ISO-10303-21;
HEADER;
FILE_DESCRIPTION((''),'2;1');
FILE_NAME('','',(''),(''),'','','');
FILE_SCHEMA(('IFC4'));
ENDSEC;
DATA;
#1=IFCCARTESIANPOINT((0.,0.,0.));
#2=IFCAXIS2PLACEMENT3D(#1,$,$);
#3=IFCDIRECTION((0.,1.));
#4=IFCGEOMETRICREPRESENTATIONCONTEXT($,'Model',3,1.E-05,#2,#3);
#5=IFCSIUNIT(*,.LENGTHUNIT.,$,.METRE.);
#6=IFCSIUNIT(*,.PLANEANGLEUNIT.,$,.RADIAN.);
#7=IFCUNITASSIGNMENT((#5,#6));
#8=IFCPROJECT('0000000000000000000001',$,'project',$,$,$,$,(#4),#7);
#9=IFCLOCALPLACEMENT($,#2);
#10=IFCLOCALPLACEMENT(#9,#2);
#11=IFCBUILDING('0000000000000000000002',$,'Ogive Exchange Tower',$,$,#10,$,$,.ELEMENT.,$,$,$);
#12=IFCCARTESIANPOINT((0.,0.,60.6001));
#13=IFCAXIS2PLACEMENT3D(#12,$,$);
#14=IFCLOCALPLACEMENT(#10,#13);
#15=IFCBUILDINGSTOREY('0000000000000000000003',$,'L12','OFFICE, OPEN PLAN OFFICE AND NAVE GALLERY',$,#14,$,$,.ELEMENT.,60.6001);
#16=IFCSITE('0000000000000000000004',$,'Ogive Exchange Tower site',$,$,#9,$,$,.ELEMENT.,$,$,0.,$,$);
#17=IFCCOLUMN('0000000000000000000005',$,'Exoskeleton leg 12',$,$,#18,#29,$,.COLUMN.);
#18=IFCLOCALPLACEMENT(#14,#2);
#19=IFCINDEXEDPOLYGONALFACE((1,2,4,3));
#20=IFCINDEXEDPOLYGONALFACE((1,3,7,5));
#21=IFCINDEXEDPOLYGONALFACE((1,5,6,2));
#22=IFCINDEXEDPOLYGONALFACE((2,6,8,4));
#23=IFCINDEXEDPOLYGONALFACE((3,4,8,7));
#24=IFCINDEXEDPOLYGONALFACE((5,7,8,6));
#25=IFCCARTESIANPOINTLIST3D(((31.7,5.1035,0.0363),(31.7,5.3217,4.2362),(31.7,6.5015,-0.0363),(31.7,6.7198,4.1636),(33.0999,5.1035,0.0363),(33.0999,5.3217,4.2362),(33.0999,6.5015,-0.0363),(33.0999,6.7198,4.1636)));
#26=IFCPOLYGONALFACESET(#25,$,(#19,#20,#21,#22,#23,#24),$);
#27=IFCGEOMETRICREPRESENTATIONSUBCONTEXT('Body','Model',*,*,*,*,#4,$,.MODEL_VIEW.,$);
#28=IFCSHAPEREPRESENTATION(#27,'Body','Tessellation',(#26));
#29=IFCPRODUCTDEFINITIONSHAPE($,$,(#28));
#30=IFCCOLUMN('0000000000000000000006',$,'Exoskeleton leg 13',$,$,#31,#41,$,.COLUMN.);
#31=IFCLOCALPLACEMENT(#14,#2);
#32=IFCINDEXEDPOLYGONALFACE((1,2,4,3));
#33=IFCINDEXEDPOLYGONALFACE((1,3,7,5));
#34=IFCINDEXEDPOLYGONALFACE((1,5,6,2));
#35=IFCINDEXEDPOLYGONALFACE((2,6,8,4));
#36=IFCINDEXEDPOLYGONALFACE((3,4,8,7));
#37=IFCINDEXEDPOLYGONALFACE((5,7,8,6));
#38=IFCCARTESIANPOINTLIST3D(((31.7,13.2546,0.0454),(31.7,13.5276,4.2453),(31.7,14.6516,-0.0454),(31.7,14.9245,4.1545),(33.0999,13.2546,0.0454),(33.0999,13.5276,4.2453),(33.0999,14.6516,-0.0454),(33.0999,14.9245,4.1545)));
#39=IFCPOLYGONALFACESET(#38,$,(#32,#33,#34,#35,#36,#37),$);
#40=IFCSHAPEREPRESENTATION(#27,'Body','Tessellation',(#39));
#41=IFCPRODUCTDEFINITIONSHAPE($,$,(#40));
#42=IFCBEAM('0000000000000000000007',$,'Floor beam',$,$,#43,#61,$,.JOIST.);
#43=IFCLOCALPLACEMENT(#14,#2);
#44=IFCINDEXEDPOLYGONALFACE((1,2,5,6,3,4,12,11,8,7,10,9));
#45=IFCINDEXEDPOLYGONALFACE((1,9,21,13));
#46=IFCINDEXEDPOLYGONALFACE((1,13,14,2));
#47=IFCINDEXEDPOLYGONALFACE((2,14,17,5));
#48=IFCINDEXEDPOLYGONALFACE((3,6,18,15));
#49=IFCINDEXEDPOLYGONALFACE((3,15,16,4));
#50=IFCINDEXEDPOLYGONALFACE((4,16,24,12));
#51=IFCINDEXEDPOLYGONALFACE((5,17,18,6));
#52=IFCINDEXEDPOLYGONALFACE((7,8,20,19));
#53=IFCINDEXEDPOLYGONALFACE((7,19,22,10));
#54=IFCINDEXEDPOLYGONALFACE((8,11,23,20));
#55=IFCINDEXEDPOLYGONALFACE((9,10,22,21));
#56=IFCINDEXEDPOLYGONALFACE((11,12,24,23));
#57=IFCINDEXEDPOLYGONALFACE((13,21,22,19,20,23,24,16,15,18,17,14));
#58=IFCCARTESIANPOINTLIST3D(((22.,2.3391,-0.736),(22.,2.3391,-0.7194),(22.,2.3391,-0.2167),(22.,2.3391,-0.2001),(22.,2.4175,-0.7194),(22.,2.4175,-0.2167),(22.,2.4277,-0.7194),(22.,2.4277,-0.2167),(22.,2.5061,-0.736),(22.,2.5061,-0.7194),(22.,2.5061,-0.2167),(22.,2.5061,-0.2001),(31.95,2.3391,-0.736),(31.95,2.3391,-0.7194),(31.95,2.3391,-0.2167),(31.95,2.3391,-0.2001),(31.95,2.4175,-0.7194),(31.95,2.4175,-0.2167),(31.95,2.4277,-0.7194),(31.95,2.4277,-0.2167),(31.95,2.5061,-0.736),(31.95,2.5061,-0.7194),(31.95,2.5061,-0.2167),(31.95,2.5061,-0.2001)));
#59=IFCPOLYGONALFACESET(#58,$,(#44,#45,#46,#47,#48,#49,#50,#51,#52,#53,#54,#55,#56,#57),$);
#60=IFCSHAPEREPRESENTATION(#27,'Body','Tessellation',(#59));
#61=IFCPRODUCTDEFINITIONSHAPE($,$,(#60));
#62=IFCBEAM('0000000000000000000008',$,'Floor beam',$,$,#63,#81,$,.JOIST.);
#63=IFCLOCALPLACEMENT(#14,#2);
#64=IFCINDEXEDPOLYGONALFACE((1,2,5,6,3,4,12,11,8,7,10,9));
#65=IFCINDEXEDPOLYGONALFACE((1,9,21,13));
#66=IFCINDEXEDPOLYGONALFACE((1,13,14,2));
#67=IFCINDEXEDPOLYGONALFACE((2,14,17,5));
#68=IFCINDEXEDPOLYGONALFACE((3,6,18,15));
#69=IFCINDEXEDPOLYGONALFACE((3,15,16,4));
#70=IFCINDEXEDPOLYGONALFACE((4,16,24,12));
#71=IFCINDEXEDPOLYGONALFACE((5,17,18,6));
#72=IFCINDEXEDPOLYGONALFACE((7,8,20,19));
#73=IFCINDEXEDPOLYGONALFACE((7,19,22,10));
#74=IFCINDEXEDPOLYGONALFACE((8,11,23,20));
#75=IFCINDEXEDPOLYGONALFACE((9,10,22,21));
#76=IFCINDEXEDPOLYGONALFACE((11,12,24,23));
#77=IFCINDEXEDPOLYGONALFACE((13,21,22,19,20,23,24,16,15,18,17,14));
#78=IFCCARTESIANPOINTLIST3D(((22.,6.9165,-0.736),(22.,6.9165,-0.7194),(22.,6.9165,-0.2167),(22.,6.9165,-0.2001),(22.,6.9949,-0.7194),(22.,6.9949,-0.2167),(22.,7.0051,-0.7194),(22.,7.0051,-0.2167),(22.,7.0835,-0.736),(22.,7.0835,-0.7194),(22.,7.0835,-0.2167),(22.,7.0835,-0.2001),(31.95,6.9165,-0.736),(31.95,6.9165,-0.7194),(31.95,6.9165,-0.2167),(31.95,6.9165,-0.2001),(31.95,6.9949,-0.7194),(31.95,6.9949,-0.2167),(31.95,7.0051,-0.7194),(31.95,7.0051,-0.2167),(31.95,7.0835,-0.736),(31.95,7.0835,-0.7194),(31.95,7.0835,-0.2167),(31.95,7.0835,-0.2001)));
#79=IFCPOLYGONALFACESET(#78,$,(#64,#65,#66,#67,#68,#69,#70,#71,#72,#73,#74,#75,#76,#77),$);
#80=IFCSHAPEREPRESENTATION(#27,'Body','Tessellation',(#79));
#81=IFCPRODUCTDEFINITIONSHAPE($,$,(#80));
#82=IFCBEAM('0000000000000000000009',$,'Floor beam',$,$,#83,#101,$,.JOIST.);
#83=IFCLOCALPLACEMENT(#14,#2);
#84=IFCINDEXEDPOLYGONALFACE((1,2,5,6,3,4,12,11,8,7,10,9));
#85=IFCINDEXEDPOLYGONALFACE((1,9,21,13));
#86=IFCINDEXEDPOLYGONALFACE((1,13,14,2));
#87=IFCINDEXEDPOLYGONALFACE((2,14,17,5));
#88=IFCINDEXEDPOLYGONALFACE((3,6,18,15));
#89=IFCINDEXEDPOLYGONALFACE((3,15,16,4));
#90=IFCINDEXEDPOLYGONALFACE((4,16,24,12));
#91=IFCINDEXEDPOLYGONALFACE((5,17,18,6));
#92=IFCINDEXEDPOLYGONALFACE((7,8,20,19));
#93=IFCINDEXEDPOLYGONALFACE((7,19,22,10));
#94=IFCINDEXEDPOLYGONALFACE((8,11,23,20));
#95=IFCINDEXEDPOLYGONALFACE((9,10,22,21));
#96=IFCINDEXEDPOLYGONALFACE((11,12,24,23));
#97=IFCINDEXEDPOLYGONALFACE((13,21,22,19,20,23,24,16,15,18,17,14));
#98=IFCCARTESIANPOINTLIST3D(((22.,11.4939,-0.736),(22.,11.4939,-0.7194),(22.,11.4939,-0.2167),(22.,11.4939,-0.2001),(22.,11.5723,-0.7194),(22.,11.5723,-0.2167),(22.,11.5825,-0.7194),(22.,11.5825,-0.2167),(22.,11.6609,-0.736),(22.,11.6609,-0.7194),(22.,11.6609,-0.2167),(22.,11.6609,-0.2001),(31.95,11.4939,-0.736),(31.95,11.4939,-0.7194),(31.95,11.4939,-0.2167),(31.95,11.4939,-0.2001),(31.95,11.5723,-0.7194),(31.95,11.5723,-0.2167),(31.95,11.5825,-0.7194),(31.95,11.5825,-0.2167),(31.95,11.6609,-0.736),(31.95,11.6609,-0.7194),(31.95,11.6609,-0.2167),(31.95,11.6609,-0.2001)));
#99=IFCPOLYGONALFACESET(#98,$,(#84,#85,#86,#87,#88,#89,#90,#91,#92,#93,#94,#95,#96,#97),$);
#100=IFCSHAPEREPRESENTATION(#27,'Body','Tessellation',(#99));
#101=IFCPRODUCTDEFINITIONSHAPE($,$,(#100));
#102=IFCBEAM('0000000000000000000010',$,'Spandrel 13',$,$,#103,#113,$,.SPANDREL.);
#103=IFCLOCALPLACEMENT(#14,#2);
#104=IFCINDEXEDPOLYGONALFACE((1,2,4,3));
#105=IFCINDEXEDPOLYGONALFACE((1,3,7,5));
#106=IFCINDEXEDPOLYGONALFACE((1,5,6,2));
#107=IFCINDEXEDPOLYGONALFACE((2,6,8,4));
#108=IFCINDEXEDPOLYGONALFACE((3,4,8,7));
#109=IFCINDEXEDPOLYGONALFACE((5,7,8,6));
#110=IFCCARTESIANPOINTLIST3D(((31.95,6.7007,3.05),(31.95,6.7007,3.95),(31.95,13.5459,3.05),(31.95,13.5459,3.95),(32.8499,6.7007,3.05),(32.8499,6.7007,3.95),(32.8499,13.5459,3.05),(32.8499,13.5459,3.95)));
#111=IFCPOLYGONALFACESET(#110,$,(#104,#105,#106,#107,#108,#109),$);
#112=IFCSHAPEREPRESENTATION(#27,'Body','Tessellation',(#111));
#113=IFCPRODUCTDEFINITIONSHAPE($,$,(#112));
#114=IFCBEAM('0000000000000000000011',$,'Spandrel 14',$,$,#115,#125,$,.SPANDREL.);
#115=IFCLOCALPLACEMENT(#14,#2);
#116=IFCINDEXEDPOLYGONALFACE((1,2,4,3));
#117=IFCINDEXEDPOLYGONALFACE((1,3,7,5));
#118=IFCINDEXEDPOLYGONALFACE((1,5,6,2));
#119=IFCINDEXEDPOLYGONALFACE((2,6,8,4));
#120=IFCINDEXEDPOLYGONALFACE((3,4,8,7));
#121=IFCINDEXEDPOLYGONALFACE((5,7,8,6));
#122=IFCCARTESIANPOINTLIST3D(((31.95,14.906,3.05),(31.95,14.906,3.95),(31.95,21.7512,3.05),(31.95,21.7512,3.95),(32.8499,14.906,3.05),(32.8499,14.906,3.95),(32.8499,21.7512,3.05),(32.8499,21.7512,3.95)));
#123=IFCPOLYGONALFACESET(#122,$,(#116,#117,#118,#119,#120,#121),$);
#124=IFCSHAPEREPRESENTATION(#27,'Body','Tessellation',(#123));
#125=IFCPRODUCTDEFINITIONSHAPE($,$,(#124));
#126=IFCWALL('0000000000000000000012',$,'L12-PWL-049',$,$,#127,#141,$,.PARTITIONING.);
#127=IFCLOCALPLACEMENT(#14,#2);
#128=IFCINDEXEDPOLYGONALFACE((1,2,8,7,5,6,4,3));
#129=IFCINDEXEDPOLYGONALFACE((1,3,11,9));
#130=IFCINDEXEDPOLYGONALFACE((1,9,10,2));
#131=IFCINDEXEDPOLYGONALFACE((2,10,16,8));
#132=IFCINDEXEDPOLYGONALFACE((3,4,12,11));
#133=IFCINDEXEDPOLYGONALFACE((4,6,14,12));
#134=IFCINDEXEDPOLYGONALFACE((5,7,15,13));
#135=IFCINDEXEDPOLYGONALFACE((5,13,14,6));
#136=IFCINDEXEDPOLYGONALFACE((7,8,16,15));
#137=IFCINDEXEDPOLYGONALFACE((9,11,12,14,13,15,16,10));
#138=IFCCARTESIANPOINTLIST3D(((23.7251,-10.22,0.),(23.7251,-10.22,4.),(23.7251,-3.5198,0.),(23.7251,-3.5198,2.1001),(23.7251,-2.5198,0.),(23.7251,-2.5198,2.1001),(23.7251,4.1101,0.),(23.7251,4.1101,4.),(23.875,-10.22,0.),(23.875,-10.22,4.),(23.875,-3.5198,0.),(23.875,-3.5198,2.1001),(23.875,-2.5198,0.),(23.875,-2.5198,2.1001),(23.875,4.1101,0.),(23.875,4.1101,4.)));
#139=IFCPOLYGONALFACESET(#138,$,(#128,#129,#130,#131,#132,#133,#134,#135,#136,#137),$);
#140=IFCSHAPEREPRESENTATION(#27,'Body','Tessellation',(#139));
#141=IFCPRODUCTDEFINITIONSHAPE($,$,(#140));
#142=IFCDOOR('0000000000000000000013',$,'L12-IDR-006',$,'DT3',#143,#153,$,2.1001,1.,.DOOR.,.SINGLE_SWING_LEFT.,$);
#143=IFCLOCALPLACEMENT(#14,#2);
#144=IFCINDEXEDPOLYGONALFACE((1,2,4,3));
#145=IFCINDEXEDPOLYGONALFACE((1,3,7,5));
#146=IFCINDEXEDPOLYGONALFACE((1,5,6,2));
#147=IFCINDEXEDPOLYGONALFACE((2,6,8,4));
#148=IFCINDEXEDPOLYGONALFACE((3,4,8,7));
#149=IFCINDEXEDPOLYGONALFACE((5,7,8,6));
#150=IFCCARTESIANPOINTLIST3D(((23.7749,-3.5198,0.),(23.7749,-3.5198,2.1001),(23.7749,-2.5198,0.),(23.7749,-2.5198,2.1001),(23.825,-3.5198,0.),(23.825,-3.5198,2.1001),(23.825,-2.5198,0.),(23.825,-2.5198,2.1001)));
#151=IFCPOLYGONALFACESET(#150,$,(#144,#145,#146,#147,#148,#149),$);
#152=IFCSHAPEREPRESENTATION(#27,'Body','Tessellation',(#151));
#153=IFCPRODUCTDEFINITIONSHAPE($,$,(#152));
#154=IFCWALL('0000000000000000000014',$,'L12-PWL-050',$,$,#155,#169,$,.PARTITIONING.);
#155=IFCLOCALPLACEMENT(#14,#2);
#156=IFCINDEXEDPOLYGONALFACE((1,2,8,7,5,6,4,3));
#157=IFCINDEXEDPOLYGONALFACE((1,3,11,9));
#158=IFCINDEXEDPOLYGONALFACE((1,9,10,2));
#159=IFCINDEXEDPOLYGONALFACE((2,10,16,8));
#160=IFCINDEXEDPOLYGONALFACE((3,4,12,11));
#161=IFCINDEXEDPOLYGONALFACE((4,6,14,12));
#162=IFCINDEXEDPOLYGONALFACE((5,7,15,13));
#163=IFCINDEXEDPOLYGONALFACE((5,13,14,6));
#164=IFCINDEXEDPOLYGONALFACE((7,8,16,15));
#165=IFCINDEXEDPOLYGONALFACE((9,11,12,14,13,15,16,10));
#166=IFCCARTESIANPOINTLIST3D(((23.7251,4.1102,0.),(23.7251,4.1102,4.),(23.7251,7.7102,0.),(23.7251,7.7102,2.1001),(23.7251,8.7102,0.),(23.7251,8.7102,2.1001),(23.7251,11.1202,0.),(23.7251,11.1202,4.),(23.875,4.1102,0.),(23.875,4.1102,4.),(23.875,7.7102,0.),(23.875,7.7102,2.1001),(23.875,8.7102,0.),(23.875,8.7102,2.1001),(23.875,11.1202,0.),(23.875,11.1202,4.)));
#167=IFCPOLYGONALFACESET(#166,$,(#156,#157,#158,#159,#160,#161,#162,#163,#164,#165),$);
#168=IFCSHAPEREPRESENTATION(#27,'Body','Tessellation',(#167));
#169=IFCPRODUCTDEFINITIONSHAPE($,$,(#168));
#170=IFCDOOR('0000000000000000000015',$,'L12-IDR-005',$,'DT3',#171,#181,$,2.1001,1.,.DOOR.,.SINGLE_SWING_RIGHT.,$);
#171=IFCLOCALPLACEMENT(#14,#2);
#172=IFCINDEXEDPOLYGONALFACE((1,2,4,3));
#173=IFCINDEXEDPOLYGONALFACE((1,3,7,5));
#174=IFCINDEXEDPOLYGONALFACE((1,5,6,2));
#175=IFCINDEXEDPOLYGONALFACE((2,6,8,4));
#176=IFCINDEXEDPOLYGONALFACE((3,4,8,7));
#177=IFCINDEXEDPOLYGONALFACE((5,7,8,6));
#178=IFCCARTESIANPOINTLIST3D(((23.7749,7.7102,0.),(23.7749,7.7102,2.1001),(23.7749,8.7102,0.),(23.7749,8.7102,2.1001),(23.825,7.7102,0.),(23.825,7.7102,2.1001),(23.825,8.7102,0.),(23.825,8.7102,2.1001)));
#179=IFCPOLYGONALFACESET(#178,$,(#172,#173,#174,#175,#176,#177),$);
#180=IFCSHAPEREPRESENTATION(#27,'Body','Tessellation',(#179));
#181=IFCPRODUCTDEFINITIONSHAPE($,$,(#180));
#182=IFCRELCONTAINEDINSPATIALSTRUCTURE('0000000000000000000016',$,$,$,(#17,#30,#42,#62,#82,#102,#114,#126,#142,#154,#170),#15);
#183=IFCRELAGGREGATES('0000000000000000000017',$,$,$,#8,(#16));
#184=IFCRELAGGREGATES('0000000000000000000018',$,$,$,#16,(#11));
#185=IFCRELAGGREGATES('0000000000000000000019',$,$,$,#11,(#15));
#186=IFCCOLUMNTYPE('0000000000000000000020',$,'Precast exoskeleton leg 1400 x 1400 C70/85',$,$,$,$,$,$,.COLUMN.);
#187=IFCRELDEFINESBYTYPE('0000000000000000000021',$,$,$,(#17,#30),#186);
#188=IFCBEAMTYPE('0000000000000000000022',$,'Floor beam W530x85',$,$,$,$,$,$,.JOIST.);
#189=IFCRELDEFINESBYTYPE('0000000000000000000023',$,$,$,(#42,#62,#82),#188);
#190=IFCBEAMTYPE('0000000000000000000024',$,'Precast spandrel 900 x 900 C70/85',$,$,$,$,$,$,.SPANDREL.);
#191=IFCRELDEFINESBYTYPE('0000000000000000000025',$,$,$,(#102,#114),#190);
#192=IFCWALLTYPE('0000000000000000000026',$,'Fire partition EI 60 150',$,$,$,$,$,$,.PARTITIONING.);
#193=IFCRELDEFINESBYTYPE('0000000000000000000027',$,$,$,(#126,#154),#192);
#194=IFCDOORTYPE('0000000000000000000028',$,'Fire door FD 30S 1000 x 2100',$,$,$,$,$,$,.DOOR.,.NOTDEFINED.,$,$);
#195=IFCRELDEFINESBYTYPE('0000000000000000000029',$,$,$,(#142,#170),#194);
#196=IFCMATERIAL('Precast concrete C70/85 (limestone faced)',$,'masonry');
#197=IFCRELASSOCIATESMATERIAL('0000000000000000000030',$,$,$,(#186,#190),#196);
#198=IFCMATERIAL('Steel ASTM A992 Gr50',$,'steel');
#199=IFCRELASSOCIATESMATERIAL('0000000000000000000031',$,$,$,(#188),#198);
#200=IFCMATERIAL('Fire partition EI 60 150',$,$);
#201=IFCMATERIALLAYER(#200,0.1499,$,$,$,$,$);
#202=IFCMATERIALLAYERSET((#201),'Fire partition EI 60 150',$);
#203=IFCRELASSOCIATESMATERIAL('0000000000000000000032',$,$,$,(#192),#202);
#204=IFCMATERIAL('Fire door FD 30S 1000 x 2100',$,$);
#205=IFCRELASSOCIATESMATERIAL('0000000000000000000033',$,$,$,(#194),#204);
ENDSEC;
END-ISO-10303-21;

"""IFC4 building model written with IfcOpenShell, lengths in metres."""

from ifc_helpers import new_model, si_unit, direction, frame, frame_2d, origin, origin_2d, place, context, subcontext, project, spatial, rectangle, i_section, extrude, material, layer, layer_set, material_profile, profile_set, type_object, element, fill, save


model = new_model("IFC4")

# Units and contexts
model_context = context("Model", 3, precision=1e-05, world=origin(), true_north=direction((0.0, 1.0)))
body_context = subcontext(model_context, "Body", "Model", "MODEL_VIEW")
ifc_project = project(units=[si_unit("LENGTHUNIT", "METRE"), si_unit("PLANEANGLEUNIT", "RADIAN")], contexts=[model_context])

# Site, building, storey
site_placement = place(None, origin())
site = spatial("IfcSite", under=ifc_project, at=site_placement, Name="Ogive Exchange Tower site", CompositionType="ELEMENT", RefElevation=0.0)
building_placement = place(site_placement, origin())
building = spatial("IfcBuilding", under=site, at=building_placement, Name="Ogive Exchange Tower", CompositionType="ELEMENT")
storey_placement = place(building_placement, frame((0.0, 0.0, 60.6001)))
storey = spatial("IfcBuildingStorey", under=building, at=storey_placement, Name="L12", Description="OFFICE, OPEN PLAN OFFICE AND NAVE GALLERY", CompositionType="ELEMENT", Elevation=60.6001)

# Columns
ifc_material_1 = material(Name="Precast concrete C70/85 (limestone faced)", Category="masonry")
ifc_material_profile_1 = material_profile(ifc_material_1, rectangle(XDim=1.3999, YDim=1.3999, at=origin_2d()), Name="1400 x 1400")
ifc_profile_set_1 = profile_set([ifc_material_profile_1], Name="Precast concrete C70/85 (limestone faced)")
column_type = type_object("IfcColumnType", Name="Precast exoskeleton leg 1400 x 1400 C70/85", PredefinedType="COLUMN", material=ifc_profile_set_1)
column_1_placement = place(storey_placement, frame((32.3999, 5.8025, 0.0), z_axis=(0.0, 0.051898, 0.998652), x_axis=(-1.0, 0.0, 0.0)))
element("IfcColumn", 1, at=column_1_placement, inside=storey, type_object=column_type, Name="Exoskeleton leg 12", PredefinedType="COLUMN", context=body_context, shape_type="SweptSolid", body=[
    extrude(rectangle(XDim=1.3999, YDim=1.3999, at=origin_2d()), origin(), (0.0, 0.0, 1.0), 4.2056),
])
column_2_placement = place(storey_placement, frame((32.3999, 13.9531, 0.0), z_axis=(0.0, 0.064852, 0.997895), x_axis=(-1.0, 0.0, 0.0)))
element("IfcColumn", 2, at=column_2_placement, inside=storey, type_object=column_type, Name="Exoskeleton leg 13", PredefinedType="COLUMN", context=body_context, shape_type="SweptSolid", body=[
    extrude(rectangle(XDim=1.3999, YDim=1.3999, at=origin_2d()), origin(), (0.0, 0.0, 1.0), 4.2087),
])

# Beams
ifc_material_2 = material(Name="Steel ASTM A992 Gr50", Category="steel")
ifc_material_profile_2 = material_profile(ifc_material_2, i_section(OverallWidth=0.167, OverallDepth=0.5359, WebThickness=0.0103, FlangeThickness=0.0166, at=origin_2d()), Name="W530x85")
ifc_profile_set_2 = profile_set([ifc_material_profile_2], Name="Steel ASTM A992 Gr50")
beam_type_1 = type_object("IfcBeamType", Name="Floor beam W530x85", PredefinedType="JOIST", material=ifc_profile_set_2)
for number, where, z_axis, x_axis, name in (
    (3, (22.0, 2.4226, -0.468), (1.0, 0.0, 0.0), (0.0, 1.0, 0.0), "Floor beam"),
    (4, (22.0, 7.0, -0.468), (1.0, 0.0, 0.0), (0.0, 1.0, 0.0), "Floor beam"),
    (5, (22.0, 11.5774, -0.468), (1.0, 0.0, 0.0), (0.0, 1.0, 0.0), "Floor beam"),
):
    element("IfcBeam", number, at=place(storey_placement, frame(where, z_axis=z_axis, x_axis=x_axis)), inside=storey, type_object=beam_type_1, Name=name, PredefinedType="JOIST", context=body_context, shape_type="SweptSolid", body=[
        extrude(i_section(OverallWidth=0.167, OverallDepth=0.5359, WebThickness=0.0103, FlangeThickness=0.0166, at=origin_2d()), origin(), (0.0, 0.0, 1.0), 9.95),
    ])
ifc_material_profile_3 = material_profile(ifc_material_1, rectangle(XDim=0.8999, YDim=0.8999, at=origin_2d()), Name="900 x 900")
ifc_profile_set_3 = profile_set([ifc_material_profile_3], Name="Precast concrete C70/85 (limestone faced)")
beam_type_2 = type_object("IfcBeamType", Name="Precast spandrel 900 x 900 C70/85", PredefinedType="SPANDREL", material=ifc_profile_set_3)
for number, where, z_axis, x_axis, name in (
    (6, (32.3999, 6.7007, 3.5), (0.0, 1.0, 0.0), (-1.0, 0.0, 0.0), "Spandrel 13"),
    (7, (32.3999, 14.906, 3.5), (0.0, 1.0, 0.0), (-1.0, 0.0, 0.0), "Spandrel 14"),
):
    element("IfcBeam", number, at=place(storey_placement, frame(where, z_axis=z_axis, x_axis=x_axis)), inside=storey, type_object=beam_type_2, Name=name, PredefinedType="SPANDREL", context=body_context, shape_type="SweptSolid", body=[
        extrude(rectangle(XDim=0.8999, YDim=0.8999, at=origin_2d()), origin(), (0.0, 0.0, 1.0), 6.8452),
    ])

# Walls, openings, doors
ifc_material_3 = material(Name="Fire partition EI 60 150")
ifc_layer_1 = layer(ifc_material_3, 0.1499)
ifc_layer_set_1 = layer_set([ifc_layer_1], Name="Fire partition EI 60 150")
wall_type_1 = type_object("IfcWallType", Name="Fire partition EI 60 150", PredefinedType="PARTITIONING", material=ifc_layer_set_1)
wall_1_placement = place(storey_placement, frame((23.8, 4.1101, 0.0), z_axis=(0.0, 0.0, 1.0), x_axis=(0.0, -1.0, 0.0)))
wall_1 = element("IfcWall", 8, at=wall_1_placement, inside=storey, type_object=wall_type_1, Name="L12-PWL-049", PredefinedType="PARTITIONING", context=body_context, shape_type="SweptSolid", body=[
    extrude(rectangle(XDim=14.3301, YDim=0.1499, at=frame_2d((7.165, 0.0))), origin(), (0.0, 0.0, 1.0), 4.0),
])
opening_1_placement = place(wall_1_placement, frame((6.6299, 0.0, 0.0)))
opening_1 = element("IfcOpeningElement", 9, at=opening_1_placement, cuts=wall_1, PredefinedType="OPENING", context=body_context, shape_type="SweptSolid", body=[
    extrude(rectangle(XDim=1.0, YDim=2.1001, at=frame_2d((0.5, 1.05))), frame((0.0, 0.085, 0.0), z_axis=(0.0, -1.0, 0.0), x_axis=(1.0, 0.0, 0.0)), (0.0, 0.0, 1.0), 0.1699),
])
ifc_material_4 = material(Name="Fire door FD 30S 1000 x 2100")
door_type_1 = type_object("IfcDoorType", Name="Fire door FD 30S 1000 x 2100", OperationType="NOTDEFINED", PredefinedType="DOOR", material=ifc_material_4)
door_1_placement = place(opening_1_placement, origin())
door_1 = element("IfcDoor", 10, at=door_1_placement, inside=storey, type_object=door_type_1, Name="L12-IDR-006", ObjectType="DT3", OperationType="SINGLE_SWING_LEFT", OverallHeight=2.1001, OverallWidth=1.0, PredefinedType="DOOR", context=body_context, shape_type="SweptSolid", body=[
    extrude(rectangle(XDim=1.0, YDim=2.1001, at=frame_2d((0.5, 1.05))), frame((0.0, 0.0249, 0.0), z_axis=(0.0, -1.0, 0.0), x_axis=(1.0, 0.0, 0.0)), (0.0, 0.0, 1.0), 0.05),
])
fill(opening_1, door_1)
wall_2_placement = place(storey_placement, frame((23.8, 11.1201, 0.0), z_axis=(0.0, 0.0, 1.0), x_axis=(0.0, -1.0, 0.0)))
wall_2 = element("IfcWall", 11, at=wall_2_placement, inside=storey, type_object=wall_type_1, Name="L12-PWL-050", PredefinedType="PARTITIONING", context=body_context, shape_type="SweptSolid", body=[
    extrude(rectangle(XDim=7.01, YDim=0.1499, at=frame_2d((3.5049, 0.0))), origin(), (0.0, 0.0, 1.0), 4.0),
])
opening_2_placement = place(wall_2_placement, frame((2.4099, 0.0, 0.0)))
opening_2 = element("IfcOpeningElement", 12, at=opening_2_placement, cuts=wall_2, PredefinedType="OPENING", context=body_context, shape_type="SweptSolid", body=[
    extrude(rectangle(XDim=1.0, YDim=2.1001, at=frame_2d((0.5, 1.05))), frame((0.0, 0.085, 0.0), z_axis=(0.0, -1.0, 0.0), x_axis=(1.0, 0.0, 0.0)), (0.0, 0.0, 1.0), 0.1699),
])
door_2_placement = place(opening_2_placement, origin())
door_2 = element("IfcDoor", 13, at=door_2_placement, inside=storey, type_object=door_type_1, Name="L12-IDR-005", ObjectType="DT3", OperationType="SINGLE_SWING_RIGHT", OverallHeight=2.1001, OverallWidth=1.0, PredefinedType="DOOR", context=body_context, shape_type="SweptSolid", body=[
    extrude(rectangle(XDim=1.0, YDim=2.1001, at=frame_2d((0.5, 1.05))), frame((0.0, 0.0249, 0.0), z_axis=(0.0, -1.0, 0.0), x_axis=(1.0, 0.0, 0.0)), (0.0, 0.0, 1.0), 0.05),
])
fill(opening_2, door_2)

save(model, "model.ifc")
